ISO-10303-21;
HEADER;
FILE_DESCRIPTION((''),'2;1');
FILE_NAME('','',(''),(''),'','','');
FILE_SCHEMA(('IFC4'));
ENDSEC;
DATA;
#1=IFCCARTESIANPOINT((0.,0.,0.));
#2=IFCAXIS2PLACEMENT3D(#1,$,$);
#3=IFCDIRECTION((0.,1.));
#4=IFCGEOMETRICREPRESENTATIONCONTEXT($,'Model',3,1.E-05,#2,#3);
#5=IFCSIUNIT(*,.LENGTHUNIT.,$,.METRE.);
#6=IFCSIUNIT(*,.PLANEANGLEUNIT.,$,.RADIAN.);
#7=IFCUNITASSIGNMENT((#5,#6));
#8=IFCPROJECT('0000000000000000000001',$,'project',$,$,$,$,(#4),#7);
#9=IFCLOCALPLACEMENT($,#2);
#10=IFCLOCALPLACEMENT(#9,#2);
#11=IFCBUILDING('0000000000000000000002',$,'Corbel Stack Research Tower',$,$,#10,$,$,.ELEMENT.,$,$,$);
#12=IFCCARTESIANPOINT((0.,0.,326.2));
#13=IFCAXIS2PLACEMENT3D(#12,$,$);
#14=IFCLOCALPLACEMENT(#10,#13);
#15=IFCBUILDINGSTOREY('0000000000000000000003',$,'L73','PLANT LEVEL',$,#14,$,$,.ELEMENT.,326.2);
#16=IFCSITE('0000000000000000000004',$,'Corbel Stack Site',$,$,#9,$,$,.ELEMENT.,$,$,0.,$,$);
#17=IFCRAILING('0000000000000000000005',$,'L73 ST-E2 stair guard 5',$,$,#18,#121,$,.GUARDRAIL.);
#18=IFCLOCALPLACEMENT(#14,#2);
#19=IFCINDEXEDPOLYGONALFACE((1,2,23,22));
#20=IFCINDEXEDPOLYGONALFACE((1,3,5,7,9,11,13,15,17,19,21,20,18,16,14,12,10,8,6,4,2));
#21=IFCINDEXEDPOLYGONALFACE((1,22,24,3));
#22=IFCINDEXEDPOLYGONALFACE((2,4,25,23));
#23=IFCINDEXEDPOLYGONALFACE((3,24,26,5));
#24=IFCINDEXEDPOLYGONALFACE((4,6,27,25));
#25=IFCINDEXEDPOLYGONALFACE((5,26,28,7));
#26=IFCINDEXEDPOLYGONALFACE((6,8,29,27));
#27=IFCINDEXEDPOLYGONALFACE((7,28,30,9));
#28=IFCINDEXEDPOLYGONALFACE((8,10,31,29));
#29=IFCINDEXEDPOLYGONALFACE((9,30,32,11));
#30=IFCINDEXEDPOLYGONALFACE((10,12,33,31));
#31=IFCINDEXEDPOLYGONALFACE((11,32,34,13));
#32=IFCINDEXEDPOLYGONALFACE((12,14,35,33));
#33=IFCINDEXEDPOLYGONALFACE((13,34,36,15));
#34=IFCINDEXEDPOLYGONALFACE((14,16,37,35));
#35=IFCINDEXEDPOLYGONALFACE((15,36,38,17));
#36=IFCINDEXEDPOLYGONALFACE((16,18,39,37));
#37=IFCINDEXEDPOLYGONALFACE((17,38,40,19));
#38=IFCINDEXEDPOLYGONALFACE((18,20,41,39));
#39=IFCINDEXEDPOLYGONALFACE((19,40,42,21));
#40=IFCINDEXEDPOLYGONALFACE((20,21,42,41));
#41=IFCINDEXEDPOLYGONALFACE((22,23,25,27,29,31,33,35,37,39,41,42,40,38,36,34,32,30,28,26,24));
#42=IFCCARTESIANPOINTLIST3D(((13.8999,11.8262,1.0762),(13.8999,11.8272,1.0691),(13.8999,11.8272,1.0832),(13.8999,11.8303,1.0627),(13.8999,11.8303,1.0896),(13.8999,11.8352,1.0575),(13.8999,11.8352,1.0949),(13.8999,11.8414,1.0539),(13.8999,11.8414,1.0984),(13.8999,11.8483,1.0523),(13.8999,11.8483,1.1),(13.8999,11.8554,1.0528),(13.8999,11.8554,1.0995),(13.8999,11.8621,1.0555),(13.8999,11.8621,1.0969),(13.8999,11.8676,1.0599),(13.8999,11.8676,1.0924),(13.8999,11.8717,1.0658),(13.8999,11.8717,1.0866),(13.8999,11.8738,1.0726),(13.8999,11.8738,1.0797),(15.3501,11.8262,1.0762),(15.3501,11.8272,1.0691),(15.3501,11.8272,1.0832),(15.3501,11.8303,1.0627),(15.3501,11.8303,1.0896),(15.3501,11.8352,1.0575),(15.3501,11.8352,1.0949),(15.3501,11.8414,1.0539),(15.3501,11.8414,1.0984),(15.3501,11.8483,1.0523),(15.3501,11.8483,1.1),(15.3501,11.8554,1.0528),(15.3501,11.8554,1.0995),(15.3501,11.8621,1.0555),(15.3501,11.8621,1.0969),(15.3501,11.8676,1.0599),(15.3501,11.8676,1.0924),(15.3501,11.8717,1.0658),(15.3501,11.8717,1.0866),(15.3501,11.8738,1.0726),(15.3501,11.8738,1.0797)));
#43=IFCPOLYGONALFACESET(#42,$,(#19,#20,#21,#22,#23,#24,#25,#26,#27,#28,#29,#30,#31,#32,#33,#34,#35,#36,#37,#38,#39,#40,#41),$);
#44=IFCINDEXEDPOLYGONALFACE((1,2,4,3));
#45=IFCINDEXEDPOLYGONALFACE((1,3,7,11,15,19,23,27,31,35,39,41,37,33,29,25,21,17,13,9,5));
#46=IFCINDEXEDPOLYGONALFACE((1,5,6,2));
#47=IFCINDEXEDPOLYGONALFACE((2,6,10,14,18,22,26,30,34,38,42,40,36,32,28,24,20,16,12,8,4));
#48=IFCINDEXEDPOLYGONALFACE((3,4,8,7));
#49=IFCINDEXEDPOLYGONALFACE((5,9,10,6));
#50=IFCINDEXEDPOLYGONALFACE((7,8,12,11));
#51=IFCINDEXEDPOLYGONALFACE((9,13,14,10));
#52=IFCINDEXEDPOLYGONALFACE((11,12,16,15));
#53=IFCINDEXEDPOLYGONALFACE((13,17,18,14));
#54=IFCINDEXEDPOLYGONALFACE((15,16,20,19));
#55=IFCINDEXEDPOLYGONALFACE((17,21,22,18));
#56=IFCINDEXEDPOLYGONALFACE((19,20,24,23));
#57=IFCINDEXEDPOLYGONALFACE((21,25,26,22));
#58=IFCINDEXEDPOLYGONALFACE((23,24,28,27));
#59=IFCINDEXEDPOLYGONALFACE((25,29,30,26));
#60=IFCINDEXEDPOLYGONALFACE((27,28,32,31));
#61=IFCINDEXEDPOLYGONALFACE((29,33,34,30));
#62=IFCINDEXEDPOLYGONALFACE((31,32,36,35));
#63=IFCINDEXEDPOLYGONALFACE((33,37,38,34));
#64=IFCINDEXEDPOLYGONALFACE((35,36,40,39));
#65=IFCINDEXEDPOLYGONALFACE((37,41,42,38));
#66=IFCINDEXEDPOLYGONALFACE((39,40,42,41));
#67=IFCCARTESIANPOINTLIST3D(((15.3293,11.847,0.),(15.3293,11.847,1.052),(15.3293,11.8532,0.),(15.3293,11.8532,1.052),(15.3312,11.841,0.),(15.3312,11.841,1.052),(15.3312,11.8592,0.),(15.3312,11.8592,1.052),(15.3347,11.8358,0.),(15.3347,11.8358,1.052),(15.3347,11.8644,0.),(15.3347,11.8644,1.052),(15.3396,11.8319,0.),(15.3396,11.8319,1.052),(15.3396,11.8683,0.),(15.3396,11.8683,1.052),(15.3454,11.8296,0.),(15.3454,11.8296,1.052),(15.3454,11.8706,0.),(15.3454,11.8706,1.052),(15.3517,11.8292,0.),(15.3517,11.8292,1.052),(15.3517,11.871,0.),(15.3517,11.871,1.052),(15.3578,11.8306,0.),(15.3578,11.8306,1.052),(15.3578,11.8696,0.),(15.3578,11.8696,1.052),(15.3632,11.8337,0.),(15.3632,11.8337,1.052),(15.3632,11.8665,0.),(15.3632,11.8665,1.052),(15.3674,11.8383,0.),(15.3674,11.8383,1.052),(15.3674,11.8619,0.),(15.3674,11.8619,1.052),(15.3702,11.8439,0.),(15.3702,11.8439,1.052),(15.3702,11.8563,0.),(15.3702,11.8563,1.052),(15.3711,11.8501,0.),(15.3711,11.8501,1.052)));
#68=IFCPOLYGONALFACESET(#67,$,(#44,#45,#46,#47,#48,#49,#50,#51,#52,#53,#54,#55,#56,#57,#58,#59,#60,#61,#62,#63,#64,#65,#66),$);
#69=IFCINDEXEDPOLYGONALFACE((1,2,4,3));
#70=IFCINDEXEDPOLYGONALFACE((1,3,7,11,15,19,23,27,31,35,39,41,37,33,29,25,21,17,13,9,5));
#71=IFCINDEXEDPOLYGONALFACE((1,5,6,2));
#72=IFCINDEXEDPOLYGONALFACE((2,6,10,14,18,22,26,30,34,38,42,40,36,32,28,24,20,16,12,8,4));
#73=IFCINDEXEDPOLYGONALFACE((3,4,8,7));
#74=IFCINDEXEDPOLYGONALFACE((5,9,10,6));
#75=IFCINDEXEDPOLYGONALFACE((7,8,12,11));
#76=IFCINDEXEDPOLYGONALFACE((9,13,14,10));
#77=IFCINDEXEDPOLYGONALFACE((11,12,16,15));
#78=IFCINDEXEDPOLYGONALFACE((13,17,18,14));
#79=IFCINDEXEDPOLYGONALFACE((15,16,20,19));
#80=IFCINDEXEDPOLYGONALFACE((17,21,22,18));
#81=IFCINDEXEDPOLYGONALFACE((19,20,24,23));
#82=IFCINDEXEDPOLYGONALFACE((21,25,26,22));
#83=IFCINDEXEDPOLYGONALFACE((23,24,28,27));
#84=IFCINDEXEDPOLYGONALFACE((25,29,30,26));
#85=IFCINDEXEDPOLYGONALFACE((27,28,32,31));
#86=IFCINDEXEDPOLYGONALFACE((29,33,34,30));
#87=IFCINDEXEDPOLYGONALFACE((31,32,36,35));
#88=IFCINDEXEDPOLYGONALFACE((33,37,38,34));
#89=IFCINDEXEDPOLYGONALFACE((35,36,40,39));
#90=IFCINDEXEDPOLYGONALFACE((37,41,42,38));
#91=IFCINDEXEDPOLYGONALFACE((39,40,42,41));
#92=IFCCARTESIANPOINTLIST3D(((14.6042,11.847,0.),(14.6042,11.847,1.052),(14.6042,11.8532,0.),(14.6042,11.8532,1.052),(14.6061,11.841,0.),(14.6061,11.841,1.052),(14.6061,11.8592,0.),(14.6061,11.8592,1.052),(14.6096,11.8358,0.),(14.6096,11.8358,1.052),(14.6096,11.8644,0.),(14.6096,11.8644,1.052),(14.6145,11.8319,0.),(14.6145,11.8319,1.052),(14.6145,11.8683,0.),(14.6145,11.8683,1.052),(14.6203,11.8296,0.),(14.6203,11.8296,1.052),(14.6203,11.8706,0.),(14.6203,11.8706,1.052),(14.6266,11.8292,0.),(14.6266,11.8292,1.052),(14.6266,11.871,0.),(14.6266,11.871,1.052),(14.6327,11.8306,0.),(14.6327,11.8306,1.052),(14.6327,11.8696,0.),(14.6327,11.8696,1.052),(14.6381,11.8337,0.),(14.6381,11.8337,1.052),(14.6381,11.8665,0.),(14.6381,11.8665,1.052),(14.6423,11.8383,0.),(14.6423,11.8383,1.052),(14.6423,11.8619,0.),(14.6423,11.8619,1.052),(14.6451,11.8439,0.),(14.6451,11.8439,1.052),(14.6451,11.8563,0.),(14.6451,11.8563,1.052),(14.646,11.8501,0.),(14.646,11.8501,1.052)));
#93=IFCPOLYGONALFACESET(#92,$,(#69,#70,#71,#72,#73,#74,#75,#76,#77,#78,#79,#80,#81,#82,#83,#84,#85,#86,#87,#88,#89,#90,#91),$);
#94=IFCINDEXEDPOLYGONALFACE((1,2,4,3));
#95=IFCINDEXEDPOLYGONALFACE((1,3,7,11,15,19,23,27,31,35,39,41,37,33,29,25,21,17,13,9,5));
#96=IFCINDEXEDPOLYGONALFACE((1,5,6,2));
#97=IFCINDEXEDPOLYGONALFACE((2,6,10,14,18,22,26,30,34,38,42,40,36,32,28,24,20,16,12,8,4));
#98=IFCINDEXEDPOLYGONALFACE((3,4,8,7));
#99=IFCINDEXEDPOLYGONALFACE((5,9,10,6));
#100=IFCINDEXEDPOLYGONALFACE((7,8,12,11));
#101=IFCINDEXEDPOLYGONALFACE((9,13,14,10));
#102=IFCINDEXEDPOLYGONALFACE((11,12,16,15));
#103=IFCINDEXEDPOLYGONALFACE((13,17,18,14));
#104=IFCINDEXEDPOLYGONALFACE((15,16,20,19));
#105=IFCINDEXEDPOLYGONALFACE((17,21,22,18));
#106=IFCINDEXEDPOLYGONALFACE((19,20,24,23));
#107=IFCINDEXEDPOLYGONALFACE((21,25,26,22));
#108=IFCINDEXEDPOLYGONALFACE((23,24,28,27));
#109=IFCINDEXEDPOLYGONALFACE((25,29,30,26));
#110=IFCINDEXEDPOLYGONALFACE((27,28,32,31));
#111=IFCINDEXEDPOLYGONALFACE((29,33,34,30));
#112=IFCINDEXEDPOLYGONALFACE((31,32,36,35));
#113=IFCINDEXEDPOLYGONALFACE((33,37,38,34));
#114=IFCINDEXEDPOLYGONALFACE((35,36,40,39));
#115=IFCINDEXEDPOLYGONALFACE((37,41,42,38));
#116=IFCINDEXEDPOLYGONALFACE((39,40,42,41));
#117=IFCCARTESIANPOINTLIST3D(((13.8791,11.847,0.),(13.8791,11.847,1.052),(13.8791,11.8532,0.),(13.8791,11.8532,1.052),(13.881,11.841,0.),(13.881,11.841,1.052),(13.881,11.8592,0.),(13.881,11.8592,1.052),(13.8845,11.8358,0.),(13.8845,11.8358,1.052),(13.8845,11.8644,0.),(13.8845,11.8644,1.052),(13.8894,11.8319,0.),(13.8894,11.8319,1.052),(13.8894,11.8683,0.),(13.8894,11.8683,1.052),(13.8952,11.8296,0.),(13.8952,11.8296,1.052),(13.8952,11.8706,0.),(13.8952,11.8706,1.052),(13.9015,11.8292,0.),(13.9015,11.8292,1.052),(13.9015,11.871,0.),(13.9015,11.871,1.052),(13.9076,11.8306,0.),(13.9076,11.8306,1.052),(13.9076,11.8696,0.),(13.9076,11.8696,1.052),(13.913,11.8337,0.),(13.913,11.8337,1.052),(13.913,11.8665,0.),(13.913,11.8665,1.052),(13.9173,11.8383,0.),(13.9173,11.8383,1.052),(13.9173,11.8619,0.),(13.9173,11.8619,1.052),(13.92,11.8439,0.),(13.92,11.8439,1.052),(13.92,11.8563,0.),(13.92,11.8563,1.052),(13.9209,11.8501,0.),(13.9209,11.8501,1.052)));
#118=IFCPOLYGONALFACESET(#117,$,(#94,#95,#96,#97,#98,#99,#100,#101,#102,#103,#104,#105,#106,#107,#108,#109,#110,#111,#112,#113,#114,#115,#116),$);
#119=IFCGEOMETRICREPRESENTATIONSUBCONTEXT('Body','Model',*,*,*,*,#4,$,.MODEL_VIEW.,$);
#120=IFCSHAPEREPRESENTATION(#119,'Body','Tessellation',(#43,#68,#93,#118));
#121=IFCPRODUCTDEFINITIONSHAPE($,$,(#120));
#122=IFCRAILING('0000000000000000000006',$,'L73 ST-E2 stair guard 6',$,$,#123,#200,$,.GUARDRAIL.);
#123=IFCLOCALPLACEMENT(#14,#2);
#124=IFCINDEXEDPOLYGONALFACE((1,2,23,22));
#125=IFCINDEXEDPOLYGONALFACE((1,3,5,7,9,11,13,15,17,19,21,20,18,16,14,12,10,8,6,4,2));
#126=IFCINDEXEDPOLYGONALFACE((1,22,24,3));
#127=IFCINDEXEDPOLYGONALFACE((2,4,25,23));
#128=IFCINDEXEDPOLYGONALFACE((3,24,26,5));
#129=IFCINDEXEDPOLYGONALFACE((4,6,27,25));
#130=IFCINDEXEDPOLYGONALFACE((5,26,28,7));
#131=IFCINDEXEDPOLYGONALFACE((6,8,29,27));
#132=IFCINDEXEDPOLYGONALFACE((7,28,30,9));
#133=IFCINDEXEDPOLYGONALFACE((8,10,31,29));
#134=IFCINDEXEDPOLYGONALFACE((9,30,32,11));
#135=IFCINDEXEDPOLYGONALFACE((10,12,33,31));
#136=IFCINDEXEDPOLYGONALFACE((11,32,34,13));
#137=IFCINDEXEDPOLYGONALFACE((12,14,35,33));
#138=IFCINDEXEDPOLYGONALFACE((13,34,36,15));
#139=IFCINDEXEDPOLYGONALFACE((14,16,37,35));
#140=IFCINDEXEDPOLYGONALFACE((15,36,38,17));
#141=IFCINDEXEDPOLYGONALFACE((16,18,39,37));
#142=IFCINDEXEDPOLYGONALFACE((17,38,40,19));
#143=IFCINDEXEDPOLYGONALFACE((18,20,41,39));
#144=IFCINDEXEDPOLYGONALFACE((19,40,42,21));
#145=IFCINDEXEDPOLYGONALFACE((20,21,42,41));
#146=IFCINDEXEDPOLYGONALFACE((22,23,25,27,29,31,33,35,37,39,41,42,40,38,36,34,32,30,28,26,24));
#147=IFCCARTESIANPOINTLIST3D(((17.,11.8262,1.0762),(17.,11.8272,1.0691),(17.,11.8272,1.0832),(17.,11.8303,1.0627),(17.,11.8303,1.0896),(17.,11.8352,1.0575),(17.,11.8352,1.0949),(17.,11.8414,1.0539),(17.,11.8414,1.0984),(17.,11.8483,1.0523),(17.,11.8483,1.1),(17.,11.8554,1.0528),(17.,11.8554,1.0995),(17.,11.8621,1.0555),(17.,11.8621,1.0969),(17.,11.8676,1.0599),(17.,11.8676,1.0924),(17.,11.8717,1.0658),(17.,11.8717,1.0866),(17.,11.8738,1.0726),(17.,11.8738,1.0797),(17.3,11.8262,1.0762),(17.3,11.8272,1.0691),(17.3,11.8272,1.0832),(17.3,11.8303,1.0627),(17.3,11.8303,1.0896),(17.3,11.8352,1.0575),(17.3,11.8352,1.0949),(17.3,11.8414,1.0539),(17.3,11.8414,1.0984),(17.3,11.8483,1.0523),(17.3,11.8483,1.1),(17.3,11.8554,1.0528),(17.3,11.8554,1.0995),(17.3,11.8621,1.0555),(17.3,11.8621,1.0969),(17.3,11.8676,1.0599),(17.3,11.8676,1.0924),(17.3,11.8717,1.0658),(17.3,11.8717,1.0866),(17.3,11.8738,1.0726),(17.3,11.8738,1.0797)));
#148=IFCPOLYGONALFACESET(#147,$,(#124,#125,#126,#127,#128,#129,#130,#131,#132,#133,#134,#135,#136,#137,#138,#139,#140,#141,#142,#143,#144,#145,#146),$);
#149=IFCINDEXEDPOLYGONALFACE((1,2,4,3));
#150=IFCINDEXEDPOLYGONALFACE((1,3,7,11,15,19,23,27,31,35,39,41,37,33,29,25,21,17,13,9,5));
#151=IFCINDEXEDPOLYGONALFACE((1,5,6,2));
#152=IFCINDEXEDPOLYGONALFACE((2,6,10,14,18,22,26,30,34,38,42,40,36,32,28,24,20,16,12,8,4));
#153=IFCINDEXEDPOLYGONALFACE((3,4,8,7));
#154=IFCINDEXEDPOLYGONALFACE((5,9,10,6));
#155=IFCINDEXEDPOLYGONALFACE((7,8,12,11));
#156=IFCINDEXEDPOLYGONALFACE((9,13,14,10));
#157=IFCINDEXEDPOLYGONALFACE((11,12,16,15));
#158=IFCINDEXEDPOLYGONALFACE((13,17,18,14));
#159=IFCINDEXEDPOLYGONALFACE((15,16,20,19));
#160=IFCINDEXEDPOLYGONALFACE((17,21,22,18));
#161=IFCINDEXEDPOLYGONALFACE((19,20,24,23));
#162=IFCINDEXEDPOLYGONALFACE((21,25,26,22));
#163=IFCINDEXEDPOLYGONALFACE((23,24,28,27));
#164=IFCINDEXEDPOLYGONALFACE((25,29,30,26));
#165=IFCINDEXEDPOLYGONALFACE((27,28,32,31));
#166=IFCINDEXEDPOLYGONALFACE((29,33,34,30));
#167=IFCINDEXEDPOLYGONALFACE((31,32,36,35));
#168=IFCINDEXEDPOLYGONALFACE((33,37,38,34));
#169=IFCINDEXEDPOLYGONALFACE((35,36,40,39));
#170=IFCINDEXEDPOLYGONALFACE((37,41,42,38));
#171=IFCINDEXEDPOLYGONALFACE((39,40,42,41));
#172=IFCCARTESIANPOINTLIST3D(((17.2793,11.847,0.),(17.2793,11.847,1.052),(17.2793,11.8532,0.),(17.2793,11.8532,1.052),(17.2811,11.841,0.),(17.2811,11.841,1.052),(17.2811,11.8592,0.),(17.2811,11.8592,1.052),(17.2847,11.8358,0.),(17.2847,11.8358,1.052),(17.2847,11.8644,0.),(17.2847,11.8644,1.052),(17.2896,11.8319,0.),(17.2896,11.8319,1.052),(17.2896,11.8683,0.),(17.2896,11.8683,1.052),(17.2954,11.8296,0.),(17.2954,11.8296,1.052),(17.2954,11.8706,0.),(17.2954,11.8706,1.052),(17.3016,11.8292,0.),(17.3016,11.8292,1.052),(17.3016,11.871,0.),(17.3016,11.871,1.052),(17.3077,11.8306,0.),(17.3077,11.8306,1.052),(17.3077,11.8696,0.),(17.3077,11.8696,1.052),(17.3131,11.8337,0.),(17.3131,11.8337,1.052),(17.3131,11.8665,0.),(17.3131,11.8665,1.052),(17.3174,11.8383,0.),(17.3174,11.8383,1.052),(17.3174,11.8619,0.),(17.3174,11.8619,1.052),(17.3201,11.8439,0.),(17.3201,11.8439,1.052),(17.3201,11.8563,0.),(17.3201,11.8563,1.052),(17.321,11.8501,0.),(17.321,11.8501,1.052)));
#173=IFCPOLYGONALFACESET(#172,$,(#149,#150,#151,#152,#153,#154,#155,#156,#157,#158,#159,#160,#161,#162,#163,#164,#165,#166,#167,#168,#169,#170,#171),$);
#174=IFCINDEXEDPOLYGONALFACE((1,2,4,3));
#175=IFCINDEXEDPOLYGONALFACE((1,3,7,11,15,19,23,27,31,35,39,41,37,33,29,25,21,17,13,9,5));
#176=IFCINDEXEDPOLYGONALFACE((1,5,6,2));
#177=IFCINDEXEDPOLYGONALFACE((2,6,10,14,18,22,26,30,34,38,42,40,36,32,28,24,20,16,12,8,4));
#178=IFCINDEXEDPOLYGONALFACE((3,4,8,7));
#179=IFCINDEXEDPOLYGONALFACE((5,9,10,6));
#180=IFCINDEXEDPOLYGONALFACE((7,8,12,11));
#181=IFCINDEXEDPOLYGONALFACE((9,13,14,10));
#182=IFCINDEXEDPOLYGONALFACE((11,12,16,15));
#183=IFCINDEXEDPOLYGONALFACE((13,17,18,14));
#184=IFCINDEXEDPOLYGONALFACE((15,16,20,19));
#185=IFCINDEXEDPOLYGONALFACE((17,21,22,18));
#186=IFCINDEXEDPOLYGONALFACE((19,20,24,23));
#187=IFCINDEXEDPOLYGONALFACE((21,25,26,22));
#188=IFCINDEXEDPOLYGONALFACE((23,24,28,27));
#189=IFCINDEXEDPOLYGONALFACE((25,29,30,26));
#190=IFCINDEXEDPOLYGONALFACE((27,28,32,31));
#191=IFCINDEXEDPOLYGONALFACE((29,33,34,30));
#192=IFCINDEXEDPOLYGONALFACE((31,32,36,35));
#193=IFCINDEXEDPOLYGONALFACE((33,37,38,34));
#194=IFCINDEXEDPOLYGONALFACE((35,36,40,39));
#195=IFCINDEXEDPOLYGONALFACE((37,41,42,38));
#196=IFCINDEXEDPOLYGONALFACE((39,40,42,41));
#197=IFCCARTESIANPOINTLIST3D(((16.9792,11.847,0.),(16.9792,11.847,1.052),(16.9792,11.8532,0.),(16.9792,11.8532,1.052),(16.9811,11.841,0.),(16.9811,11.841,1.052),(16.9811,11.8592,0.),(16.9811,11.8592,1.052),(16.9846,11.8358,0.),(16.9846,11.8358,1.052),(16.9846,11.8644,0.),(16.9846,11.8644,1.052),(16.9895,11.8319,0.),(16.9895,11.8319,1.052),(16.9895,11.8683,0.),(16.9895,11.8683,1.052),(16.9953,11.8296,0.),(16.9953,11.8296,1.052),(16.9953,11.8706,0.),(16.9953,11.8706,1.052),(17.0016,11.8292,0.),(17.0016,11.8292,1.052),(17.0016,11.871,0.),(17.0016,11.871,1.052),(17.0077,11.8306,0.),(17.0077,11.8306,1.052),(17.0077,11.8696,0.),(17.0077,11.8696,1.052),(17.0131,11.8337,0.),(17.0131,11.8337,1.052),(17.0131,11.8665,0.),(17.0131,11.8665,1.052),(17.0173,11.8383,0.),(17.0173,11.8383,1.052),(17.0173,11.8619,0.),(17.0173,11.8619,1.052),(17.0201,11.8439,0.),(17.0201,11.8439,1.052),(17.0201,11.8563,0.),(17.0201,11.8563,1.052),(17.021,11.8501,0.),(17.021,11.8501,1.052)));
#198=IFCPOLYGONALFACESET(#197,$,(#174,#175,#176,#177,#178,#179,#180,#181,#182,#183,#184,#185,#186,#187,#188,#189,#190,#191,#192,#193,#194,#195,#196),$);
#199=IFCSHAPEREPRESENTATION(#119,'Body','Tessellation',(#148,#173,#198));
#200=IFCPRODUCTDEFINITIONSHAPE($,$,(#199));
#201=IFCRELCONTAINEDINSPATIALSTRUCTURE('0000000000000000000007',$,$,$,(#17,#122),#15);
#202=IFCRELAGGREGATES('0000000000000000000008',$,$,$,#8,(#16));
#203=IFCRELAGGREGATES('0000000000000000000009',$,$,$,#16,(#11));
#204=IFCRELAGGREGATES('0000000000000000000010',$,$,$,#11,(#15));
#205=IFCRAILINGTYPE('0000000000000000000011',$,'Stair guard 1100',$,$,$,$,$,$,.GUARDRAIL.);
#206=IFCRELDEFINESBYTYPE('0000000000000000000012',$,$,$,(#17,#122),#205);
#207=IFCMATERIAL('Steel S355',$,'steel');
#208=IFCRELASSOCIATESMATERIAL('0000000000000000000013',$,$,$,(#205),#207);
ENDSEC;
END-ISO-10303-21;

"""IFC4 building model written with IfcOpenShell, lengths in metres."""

from ifc_helpers import new_model, si_unit, direction, frame, origin, origin_2d, place, context, subcontext, project, spatial, circle, extrude, material, type_object, element, save


model = new_model("IFC4")

# Units and contexts
model_context = context("Model", 3, precision=1e-05, world=origin(), true_north=direction((0.0, 1.0)))
body_context = subcontext(model_context, "Body", "Model", "MODEL_VIEW")
ifc_project = project(units=[si_unit("LENGTHUNIT", "METRE"), si_unit("PLANEANGLEUNIT", "RADIAN")], contexts=[model_context])

# Site, building, storey
site_placement = place(None, origin())
site = spatial("IfcSite", under=ifc_project, at=site_placement, Name="Corbel Stack Site", CompositionType="ELEMENT", RefElevation=0.0)
building_placement = place(site_placement, origin())
building = spatial("IfcBuilding", under=site, at=building_placement, Name="Corbel Stack Research Tower", CompositionType="ELEMENT")
storey_placement = place(building_placement, frame((0.0, 0.0, 326.2)))
storey = spatial("IfcBuildingStorey", under=building, at=storey_placement, Name="L73", Description="PLANT LEVEL", CompositionType="ELEMENT", Elevation=326.2)

# Railings
ifc_material_1 = material(Name="Steel S355", Category="steel")
railing_type_1 = type_object("IfcRailingType", Name="Stair guard 1100", PredefinedType="GUARDRAIL", material=ifc_material_1)
railing_1_placement = place(storey_placement, frame((15.3501, 11.8501, 0.0)))
element("IfcRailing", 1, at=railing_1_placement, inside=storey, type_object=railing_type_1, Name="L73 ST-E2 stair guard 5", PredefinedType="GUARDRAIL", context=body_context, shape_type="SweptSolid", body=[
    extrude(circle(Radius=0.0239, at=origin_2d()), frame((0.0, 0.0, 1.0762), z_axis=(-1.0, 0.0, 0.0), x_axis=(0.0, -1.0, 0.0)), (0.0, 0.0, 1.0), 1.4502),
    extrude(circle(Radius=0.021, at=origin_2d()), origin(), (0.0, 0.0, 1.0), 1.052),
    extrude(circle(Radius=0.021, at=origin_2d()), frame((-0.7251, 0.0, 0.0)), (0.0, 0.0, 1.0), 1.052),
    extrude(circle(Radius=0.021, at=origin_2d()), frame((-1.4502, 0.0, 0.0)), (0.0, 0.0, 1.0), 1.052),
])
railing_2_placement = place(storey_placement, frame((17.3, 11.8501, 0.0)))
element("IfcRailing", 2, at=railing_2_placement, inside=storey, type_object=railing_type_1, Name="L73 ST-E2 stair guard 6", PredefinedType="GUARDRAIL", context=body_context, shape_type="SweptSolid", body=[
    extrude(circle(Radius=0.0239, at=origin_2d()), frame((0.0, 0.0, 1.0762), z_axis=(-1.0, 0.0, 0.0), x_axis=(0.0, -1.0, 0.0)), (0.0, 0.0, 1.0), 0.3),
    extrude(circle(Radius=0.021, at=origin_2d()), origin(), (0.0, 0.0, 1.0), 1.052),
    extrude(circle(Radius=0.021, at=origin_2d()), frame((-0.3, 0.0, 0.0)), (0.0, 0.0, 1.0), 1.052),
])

save(model, "model.ifc")
